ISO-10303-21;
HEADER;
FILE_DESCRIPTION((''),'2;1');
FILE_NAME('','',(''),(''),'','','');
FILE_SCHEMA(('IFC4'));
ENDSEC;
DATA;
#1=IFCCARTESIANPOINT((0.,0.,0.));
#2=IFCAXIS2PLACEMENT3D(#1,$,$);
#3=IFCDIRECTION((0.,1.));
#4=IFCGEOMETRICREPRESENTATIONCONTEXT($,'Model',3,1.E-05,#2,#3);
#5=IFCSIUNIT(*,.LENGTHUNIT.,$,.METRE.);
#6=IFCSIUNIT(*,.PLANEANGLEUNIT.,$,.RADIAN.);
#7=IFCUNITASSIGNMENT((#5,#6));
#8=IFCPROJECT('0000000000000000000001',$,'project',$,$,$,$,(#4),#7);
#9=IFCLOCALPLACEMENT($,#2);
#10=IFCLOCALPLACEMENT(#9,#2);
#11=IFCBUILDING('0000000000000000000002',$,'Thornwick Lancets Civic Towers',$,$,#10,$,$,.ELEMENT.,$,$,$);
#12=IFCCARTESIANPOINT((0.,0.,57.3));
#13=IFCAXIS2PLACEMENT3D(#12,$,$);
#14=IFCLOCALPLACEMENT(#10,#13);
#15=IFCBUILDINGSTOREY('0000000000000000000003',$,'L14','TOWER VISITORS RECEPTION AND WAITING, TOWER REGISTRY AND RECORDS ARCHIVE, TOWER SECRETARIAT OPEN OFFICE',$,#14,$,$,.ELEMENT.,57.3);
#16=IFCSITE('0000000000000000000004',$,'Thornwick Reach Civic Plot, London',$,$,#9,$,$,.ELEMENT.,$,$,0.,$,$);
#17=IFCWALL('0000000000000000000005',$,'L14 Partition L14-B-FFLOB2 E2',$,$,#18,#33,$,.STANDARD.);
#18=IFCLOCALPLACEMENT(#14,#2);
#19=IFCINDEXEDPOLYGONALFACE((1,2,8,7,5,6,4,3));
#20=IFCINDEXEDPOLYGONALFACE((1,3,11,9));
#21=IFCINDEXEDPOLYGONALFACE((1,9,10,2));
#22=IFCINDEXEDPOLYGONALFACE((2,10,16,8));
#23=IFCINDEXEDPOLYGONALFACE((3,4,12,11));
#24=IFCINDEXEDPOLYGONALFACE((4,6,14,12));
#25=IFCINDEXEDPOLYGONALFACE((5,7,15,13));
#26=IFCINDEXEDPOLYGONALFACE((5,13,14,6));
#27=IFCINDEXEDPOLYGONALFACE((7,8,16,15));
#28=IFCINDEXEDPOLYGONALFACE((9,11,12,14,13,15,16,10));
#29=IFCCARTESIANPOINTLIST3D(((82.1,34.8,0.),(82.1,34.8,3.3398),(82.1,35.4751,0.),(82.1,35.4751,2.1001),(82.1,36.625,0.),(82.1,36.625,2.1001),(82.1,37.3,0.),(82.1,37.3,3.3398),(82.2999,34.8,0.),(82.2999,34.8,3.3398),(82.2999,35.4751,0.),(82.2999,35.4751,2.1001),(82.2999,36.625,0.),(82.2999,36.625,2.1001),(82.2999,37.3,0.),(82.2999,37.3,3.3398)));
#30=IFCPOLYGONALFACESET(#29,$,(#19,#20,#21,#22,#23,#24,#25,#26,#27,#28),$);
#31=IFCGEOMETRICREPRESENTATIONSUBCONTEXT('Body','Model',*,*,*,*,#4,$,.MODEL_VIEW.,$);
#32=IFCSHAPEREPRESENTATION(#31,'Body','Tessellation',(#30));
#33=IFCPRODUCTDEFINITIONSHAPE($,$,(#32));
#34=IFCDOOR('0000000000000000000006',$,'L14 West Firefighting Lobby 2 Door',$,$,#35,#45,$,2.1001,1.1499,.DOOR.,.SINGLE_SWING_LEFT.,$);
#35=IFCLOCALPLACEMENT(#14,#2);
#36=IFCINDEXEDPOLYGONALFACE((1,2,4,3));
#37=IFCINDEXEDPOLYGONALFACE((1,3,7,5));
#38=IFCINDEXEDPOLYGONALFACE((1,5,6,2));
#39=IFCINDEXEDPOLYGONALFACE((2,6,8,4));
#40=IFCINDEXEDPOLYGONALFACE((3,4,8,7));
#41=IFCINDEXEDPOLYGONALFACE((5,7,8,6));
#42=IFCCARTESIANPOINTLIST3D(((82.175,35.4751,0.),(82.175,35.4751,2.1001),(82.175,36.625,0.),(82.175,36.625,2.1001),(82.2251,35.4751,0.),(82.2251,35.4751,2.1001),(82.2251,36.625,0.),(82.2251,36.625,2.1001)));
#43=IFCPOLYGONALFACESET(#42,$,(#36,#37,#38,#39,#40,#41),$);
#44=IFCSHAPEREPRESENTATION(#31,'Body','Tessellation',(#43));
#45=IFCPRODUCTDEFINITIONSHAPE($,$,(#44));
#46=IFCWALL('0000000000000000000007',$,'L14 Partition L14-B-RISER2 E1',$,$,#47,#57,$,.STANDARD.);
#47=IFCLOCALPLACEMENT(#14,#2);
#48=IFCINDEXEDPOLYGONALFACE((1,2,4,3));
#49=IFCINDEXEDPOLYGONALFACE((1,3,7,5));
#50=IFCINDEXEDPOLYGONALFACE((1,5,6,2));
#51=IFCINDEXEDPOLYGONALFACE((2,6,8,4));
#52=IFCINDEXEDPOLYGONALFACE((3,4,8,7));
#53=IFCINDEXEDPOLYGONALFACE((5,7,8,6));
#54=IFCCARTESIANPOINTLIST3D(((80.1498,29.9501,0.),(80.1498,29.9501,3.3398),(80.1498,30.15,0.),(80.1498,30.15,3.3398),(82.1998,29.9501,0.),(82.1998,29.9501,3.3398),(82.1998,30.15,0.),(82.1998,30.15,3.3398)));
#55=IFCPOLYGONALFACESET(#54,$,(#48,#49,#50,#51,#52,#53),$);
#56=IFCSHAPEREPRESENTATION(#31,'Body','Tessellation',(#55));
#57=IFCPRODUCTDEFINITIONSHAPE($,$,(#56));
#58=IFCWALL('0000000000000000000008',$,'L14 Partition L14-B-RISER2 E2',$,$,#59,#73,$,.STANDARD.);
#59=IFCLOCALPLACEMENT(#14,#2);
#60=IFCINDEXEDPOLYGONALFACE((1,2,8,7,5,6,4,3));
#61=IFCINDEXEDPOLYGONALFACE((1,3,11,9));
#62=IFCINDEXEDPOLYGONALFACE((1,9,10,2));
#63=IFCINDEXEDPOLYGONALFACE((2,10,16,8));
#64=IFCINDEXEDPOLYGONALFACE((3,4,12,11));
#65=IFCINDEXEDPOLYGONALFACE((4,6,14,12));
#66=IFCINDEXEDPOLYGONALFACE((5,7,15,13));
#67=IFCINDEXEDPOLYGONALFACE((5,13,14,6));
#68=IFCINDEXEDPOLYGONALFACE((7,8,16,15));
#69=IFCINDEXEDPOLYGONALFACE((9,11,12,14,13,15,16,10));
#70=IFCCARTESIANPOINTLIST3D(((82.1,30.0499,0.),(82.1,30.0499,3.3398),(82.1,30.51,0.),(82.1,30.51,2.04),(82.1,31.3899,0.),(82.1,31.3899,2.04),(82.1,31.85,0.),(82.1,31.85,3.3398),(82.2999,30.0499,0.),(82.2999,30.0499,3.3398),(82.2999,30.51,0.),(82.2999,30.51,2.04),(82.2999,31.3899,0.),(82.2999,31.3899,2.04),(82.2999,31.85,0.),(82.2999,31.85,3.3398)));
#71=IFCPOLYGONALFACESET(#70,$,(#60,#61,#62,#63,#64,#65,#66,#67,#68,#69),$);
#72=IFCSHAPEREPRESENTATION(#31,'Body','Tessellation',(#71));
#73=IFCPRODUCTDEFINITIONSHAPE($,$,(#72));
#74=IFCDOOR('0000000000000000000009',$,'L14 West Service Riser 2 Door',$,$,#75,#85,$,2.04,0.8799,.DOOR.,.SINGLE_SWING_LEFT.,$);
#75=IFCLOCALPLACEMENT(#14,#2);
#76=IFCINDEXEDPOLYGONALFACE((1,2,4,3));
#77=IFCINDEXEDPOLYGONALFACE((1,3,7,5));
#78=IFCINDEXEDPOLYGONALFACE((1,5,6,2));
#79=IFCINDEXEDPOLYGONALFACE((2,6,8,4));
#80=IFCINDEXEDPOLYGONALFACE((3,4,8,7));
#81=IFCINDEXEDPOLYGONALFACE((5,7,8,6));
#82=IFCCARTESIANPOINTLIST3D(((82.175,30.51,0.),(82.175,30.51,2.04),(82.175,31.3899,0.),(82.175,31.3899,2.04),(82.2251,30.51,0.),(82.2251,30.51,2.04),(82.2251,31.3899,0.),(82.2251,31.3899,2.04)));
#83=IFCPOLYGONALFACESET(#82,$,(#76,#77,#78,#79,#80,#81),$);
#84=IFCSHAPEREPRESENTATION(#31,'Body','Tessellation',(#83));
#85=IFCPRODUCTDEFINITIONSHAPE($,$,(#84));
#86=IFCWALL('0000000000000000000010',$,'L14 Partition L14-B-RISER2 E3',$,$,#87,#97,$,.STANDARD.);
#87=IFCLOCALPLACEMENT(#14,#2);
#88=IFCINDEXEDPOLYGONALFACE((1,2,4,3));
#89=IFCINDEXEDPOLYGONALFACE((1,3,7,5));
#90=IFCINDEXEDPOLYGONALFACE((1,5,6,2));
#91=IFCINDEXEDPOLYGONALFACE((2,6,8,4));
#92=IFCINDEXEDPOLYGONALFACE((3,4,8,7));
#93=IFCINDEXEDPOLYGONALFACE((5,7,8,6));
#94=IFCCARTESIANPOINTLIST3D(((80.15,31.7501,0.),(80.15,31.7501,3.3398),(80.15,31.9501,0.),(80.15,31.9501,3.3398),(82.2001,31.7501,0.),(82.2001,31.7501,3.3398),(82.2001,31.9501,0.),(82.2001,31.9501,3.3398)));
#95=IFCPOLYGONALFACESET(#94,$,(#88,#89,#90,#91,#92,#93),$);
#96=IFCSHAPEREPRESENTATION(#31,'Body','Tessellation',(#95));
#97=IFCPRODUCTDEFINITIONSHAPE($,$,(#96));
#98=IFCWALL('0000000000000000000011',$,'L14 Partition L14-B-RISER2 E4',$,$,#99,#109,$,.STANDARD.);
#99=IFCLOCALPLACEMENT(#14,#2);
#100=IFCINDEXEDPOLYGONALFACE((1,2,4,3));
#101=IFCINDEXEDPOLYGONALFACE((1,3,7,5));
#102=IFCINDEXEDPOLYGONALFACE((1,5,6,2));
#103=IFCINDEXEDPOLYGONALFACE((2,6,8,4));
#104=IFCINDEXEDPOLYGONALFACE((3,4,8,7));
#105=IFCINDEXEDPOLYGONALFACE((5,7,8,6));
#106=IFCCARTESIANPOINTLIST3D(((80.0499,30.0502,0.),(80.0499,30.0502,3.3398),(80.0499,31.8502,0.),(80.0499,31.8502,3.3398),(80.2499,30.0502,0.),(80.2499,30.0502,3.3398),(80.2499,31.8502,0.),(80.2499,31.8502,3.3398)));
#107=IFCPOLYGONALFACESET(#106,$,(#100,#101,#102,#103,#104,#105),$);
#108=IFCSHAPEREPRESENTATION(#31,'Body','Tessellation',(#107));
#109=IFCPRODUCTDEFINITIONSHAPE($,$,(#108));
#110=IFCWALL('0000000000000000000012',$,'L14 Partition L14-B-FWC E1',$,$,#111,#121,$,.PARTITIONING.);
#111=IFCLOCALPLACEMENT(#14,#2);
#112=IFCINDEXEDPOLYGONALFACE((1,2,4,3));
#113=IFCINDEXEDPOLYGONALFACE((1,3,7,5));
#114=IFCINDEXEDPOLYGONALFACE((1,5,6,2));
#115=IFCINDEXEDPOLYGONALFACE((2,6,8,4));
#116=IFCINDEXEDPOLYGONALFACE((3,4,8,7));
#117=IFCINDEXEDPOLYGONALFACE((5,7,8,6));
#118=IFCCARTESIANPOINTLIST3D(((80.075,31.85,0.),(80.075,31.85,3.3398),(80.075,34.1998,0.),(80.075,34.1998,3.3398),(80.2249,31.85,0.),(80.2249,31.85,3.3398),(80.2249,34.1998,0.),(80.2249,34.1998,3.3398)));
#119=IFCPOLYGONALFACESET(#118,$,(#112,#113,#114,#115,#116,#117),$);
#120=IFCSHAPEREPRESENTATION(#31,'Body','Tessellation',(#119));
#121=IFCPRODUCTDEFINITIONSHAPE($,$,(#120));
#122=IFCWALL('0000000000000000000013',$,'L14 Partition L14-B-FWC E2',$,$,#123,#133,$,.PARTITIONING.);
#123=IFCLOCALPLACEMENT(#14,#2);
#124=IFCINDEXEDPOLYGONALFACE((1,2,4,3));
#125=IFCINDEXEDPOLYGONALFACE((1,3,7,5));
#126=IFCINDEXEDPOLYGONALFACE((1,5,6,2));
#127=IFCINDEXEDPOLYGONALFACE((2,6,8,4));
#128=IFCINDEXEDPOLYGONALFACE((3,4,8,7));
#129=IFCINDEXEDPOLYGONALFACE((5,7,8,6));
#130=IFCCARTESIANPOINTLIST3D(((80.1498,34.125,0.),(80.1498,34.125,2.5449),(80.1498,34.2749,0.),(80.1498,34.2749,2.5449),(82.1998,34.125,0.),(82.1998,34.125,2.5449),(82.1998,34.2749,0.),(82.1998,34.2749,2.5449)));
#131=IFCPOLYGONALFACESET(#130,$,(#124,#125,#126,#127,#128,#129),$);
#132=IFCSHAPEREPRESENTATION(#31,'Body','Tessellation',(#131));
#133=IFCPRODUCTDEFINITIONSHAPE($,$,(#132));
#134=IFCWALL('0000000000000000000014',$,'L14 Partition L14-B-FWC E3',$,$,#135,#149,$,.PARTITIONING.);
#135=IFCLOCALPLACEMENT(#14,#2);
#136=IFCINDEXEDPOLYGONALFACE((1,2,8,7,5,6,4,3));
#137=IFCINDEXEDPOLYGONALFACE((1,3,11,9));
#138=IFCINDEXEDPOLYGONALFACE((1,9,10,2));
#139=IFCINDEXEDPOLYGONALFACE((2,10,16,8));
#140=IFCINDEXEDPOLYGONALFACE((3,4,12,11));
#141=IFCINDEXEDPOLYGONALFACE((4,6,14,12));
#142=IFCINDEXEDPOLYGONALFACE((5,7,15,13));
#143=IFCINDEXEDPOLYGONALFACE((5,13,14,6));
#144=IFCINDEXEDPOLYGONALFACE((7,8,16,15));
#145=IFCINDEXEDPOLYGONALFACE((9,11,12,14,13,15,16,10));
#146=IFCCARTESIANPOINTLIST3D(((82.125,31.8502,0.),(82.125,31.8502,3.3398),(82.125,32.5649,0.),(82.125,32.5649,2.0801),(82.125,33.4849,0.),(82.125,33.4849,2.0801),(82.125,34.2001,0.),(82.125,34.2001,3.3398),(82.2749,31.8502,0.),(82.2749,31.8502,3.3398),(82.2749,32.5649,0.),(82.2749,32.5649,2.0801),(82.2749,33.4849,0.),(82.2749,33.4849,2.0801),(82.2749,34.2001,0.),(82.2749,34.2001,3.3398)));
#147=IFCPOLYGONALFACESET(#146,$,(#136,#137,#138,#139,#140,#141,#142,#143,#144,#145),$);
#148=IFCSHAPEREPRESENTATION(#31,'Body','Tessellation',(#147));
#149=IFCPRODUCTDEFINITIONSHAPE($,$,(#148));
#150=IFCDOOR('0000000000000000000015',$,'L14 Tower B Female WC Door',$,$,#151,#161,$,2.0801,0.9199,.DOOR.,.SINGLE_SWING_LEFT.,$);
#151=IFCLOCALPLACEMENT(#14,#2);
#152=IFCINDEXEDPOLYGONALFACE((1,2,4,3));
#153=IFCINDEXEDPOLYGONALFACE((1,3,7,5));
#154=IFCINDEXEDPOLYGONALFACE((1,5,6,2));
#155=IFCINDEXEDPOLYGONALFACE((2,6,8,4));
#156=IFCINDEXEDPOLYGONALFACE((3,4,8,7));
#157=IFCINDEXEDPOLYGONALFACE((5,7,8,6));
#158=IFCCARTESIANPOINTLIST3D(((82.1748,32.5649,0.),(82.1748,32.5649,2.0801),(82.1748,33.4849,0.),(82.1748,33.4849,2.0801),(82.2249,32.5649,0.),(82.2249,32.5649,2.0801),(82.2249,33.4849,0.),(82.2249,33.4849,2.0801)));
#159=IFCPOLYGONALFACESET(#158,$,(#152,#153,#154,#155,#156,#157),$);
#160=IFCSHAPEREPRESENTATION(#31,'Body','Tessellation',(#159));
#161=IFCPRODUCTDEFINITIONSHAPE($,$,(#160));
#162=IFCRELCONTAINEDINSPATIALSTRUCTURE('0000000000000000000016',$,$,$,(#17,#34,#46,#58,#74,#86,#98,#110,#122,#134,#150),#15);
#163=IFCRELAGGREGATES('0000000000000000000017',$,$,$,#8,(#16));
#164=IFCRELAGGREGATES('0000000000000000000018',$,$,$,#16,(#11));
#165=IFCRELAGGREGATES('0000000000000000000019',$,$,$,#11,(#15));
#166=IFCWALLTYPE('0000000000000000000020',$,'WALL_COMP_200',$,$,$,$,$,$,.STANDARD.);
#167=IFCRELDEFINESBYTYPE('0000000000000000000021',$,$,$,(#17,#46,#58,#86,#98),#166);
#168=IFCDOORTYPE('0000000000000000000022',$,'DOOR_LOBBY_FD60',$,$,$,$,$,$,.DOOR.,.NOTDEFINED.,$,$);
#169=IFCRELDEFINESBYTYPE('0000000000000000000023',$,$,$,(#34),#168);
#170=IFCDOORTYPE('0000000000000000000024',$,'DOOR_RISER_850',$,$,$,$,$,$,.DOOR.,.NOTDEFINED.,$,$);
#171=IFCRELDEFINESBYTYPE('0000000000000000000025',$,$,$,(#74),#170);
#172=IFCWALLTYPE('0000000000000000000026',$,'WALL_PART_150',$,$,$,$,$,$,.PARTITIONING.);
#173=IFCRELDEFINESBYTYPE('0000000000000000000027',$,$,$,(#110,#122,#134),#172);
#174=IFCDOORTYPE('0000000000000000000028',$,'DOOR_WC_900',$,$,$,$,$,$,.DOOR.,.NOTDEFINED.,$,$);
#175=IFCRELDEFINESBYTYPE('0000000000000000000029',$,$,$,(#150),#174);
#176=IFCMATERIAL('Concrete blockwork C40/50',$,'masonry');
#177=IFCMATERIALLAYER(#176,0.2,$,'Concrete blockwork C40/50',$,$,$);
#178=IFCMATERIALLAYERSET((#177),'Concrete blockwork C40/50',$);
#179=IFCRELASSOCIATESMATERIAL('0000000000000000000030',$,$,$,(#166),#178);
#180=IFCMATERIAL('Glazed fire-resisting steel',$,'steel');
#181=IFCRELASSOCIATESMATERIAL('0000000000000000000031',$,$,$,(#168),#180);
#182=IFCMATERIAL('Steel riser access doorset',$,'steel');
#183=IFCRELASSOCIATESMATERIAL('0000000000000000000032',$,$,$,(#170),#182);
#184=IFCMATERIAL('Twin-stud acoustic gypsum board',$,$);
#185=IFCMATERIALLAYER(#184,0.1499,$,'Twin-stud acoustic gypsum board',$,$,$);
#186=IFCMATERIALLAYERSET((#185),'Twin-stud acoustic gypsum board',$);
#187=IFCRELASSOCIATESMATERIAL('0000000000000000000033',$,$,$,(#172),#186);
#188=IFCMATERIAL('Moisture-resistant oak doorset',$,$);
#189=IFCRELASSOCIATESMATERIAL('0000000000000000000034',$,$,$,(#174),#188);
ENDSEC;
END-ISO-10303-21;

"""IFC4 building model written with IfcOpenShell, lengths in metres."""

from ifc_helpers import new_model, si_unit, direction, frame, frame_2d, origin, place, context, subcontext, project, spatial, rectangle, extrude, material, layer, layer_set, type_object, element, fill, save


model = new_model("IFC4")

# Units and contexts
model_context = context("Model", 3, precision=1e-05, world=origin(), true_north=direction((0.0, 1.0)))
body_context = subcontext(model_context, "Body", "Model", "MODEL_VIEW")
ifc_project = project(units=[si_unit("LENGTHUNIT", "METRE"), si_unit("PLANEANGLEUNIT", "RADIAN")], contexts=[model_context])

# Site, building, storey
site_placement = place(None, origin())
site = spatial("IfcSite", under=ifc_project, at=site_placement, Name="Thornwick Reach Civic Plot, London", CompositionType="ELEMENT", RefElevation=0.0)
building_placement = place(site_placement, origin())
building = spatial("IfcBuilding", under=site, at=building_placement, Name="Thornwick Lancets Civic Towers", CompositionType="ELEMENT")
storey_placement = place(building_placement, frame((0.0, 0.0, 57.3)))
storey = spatial("IfcBuildingStorey", under=building, at=storey_placement, Name="L14", Description="TOWER VISITORS RECEPTION AND WAITING, TOWER REGISTRY AND RECORDS ARCHIVE, TOWER SECRETARIAT OPEN OFFICE", CompositionType="ELEMENT", Elevation=57.3)

# Shared definitions
ifc_material_1 = material(Name="Concrete blockwork C40/50", Category="masonry")
ifc_layer_1 = layer(ifc_material_1, 0.2, Name="Concrete blockwork C40/50")
ifc_layer_set_1 = layer_set([ifc_layer_1], Name="Concrete blockwork C40/50")
wall_type_1 = type_object("IfcWallType", Name="WALL_COMP_200", PredefinedType="STANDARD", material=ifc_layer_set_1)

# Wall, opening, door
wall_1_placement = place(storey_placement, frame((82.2, 34.8, 0.0), z_axis=(0.0, 0.0, 1.0), x_axis=(0.0, 1.0, 0.0)))
wall_1 = element("IfcWall", 1, at=wall_1_placement, inside=storey, type_object=wall_type_1, Name="L14 Partition L14-B-FFLOB2 E2", PredefinedType="STANDARD", context=body_context, shape_type="SweptSolid", body=[
    extrude(rectangle(XDim=2.5, YDim=0.2, at=frame_2d((1.25, 0.0))), origin(), (0.0, 0.0, 1.0), 3.3398),
])
opening_1_placement = place(wall_1_placement, frame((0.675, 0.0, 0.0)))
opening_1 = element("IfcOpeningElement", 2, at=opening_1_placement, cuts=wall_1, PredefinedType="OPENING", context=body_context, shape_type="SweptSolid", body=[
    extrude(rectangle(XDim=1.1499, YDim=2.1001, at=frame_2d((0.575, 1.05))), frame((0.0, 0.1099, 0.0), z_axis=(0.0, -1.0, 0.0), x_axis=(1.0, 0.0, 0.0)), (0.0, 0.0, 1.0), 0.22),
])
ifc_material_2 = material(Name="Glazed fire-resisting steel", Category="steel")
door_type_1 = type_object("IfcDoorType", Name="DOOR_LOBBY_FD60", OperationType="NOTDEFINED", PredefinedType="DOOR", material=ifc_material_2)
door_1_placement = place(opening_1_placement, origin())
door_1 = element("IfcDoor", 3, at=door_1_placement, inside=storey, type_object=door_type_1, Name="L14 West Firefighting Lobby 2 Door", OperationType="SINGLE_SWING_LEFT", OverallHeight=2.1001, OverallWidth=1.1499, PredefinedType="DOOR", context=body_context, shape_type="SweptSolid", body=[
    extrude(rectangle(XDim=1.1499, YDim=2.1001, at=frame_2d((0.575, 1.05))), frame((0.0, 0.0249, 0.0), z_axis=(0.0, -1.0, 0.0), x_axis=(1.0, 0.0, 0.0)), (0.0, 0.0, 1.0), 0.05),
])
fill(opening_1, door_1)

# Wall
wall_2_placement = place(storey_placement, frame((80.1499, 30.05, 0.0), z_axis=(0.0, 0.0, 1.0), x_axis=(1.0, 0.0, 0.0)))
element("IfcWall", 4, at=wall_2_placement, inside=storey, type_object=wall_type_1, Name="L14 Partition L14-B-RISER2 E1", PredefinedType="STANDARD", context=body_context, shape_type="SweptSolid", body=[
    extrude(rectangle(XDim=2.05, YDim=0.2, at=frame_2d((1.0249, 0.0))), origin(), (0.0, 0.0, 1.0), 3.3398),
])

# Wall, opening, door
wall_3_placement = place(storey_placement, frame((82.2, 30.05, 0.0), z_axis=(0.0, 0.0, 1.0), x_axis=(0.0, 1.0, 0.0)))
wall_3 = element("IfcWall", 5, at=wall_3_placement, inside=storey, type_object=wall_type_1, Name="L14 Partition L14-B-RISER2 E2", PredefinedType="STANDARD", context=body_context, shape_type="SweptSolid", body=[
    extrude(rectangle(XDim=1.8, YDim=0.2, at=frame_2d((0.8999, 0.0))), origin(), (0.0, 0.0, 1.0), 3.3398),
])
opening_2_placement = place(wall_3_placement, frame((0.46, 0.0, 0.0)))
opening_2 = element("IfcOpeningElement", 6, at=opening_2_placement, cuts=wall_3, PredefinedType="OPENING", context=body_context, shape_type="SweptSolid", body=[
    extrude(rectangle(XDim=0.8799, YDim=2.04, at=frame_2d((0.4399, 1.02))), frame((0.0, 0.1099, 0.0), z_axis=(0.0, -1.0, 0.0), x_axis=(1.0, 0.0, 0.0)), (0.0, 0.0, 1.0), 0.22),
])
ifc_material_3 = material(Name="Steel riser access doorset", Category="steel")
door_type_2 = type_object("IfcDoorType", Name="DOOR_RISER_850", OperationType="NOTDEFINED", PredefinedType="DOOR", material=ifc_material_3)
door_2_placement = place(opening_2_placement, origin())
door_2 = element("IfcDoor", 7, at=door_2_placement, inside=storey, type_object=door_type_2, Name="L14 West Service Riser 2 Door", OperationType="SINGLE_SWING_LEFT", OverallHeight=2.04, OverallWidth=0.8799, PredefinedType="DOOR", context=body_context, shape_type="SweptSolid", body=[
    extrude(rectangle(XDim=0.8799, YDim=2.04, at=frame_2d((0.4399, 1.02))), frame((0.0, 0.0249, 0.0), z_axis=(0.0, -1.0, 0.0), x_axis=(1.0, 0.0, 0.0)), (0.0, 0.0, 1.0), 0.05),
])
fill(opening_2, door_2)

# Walls
wall_4_placement = place(storey_placement, frame((82.2, 31.8501, 0.0), z_axis=(0.0, 0.0, 1.0), x_axis=(-1.0, 0.0, 0.0)))
element("IfcWall", 8, at=wall_4_placement, inside=storey, type_object=wall_type_1, Name="L14 Partition L14-B-RISER2 E3", PredefinedType="STANDARD", context=body_context, shape_type="SweptSolid", body=[
    extrude(rectangle(XDim=2.05, YDim=0.2, at=frame_2d((1.0249, 0.0))), origin(), (0.0, 0.0, 1.0), 3.3398),
])
wall_5_placement = place(storey_placement, frame((80.1499, 31.8501, 0.0), z_axis=(0.0, 0.0, 1.0), x_axis=(0.0, -1.0, 0.0)))
element("IfcWall", 9, at=wall_5_placement, inside=storey, type_object=wall_type_1, Name="L14 Partition L14-B-RISER2 E4", PredefinedType="STANDARD", context=body_context, shape_type="SweptSolid", body=[
    extrude(rectangle(XDim=1.8, YDim=0.2, at=frame_2d((0.8999, 0.0))), origin(), (0.0, 0.0, 1.0), 3.3398),
])
ifc_material_4 = material(Name="Twin-stud acoustic gypsum board")
ifc_layer_2 = layer(ifc_material_4, 0.1499, Name="Twin-stud acoustic gypsum board")
ifc_layer_set_2 = layer_set([ifc_layer_2], Name="Twin-stud acoustic gypsum board")
wall_type_2 = type_object("IfcWallType", Name="WALL_PART_150", PredefinedType="PARTITIONING", material=ifc_layer_set_2)
wall_6_placement = place(storey_placement, frame((80.1499, 31.8501, 0.0), z_axis=(0.0, 0.0, 1.0), x_axis=(0.0, 1.0, 0.0)))
element("IfcWall", 10, at=wall_6_placement, inside=storey, type_object=wall_type_2, Name="L14 Partition L14-B-FWC E1", PredefinedType="PARTITIONING", context=body_context, shape_type="SweptSolid", body=[
    extrude(rectangle(XDim=2.3499, YDim=0.1499, at=frame_2d((1.1748, 0.0))), origin(), (0.0, 0.0, 1.0), 3.3398),
])
wall_7_placement = place(storey_placement, frame((80.1499, 34.2, 0.0), z_axis=(0.0, 0.0, 1.0), x_axis=(1.0, 0.0, 0.0)))
element("IfcWall", 11, at=wall_7_placement, inside=storey, type_object=wall_type_2, Name="L14 Partition L14-B-FWC E2", PredefinedType="PARTITIONING", context=body_context, shape_type="SweptSolid", body=[
    extrude(rectangle(XDim=2.05, YDim=0.1499, at=frame_2d((1.0249, 0.0))), origin(), (0.0, 0.0, 1.0), 2.5449),
])

# Wall, opening, door
wall_8_placement = place(storey_placement, frame((82.2, 34.2, 0.0), z_axis=(0.0, 0.0, 1.0), x_axis=(0.0, -1.0, 0.0)))
wall_8 = element("IfcWall", 12, at=wall_8_placement, inside=storey, type_object=wall_type_2, Name="L14 Partition L14-B-FWC E3", PredefinedType="PARTITIONING", context=body_context, shape_type="SweptSolid", body=[
    extrude(rectangle(XDim=2.3499, YDim=0.1499, at=frame_2d((1.1748, 0.0))), origin(), (0.0, 0.0, 1.0), 3.3398),
])
opening_3_placement = place(wall_8_placement, frame((0.7151, 0.0, 0.0)))
opening_3 = element("IfcOpeningElement", 13, at=opening_3_placement, cuts=wall_8, PredefinedType="OPENING", context=body_context, shape_type="SweptSolid", body=[
    extrude(rectangle(XDim=0.9199, YDim=2.0801, at=frame_2d((0.46, 1.04))), frame((0.0, 0.085, 0.0), z_axis=(0.0, -1.0, 0.0), x_axis=(1.0, 0.0, 0.0)), (0.0, 0.0, 1.0), 0.1699),
])
ifc_material_5 = material(Name="Moisture-resistant oak doorset")
door_type_3 = type_object("IfcDoorType", Name="DOOR_WC_900", OperationType="NOTDEFINED", PredefinedType="DOOR", material=ifc_material_5)
door_3_placement = place(opening_3_placement, origin())
door_3 = element("IfcDoor", 14, at=door_3_placement, inside=storey, type_object=door_type_3, Name="L14 Tower B Female WC Door", OperationType="SINGLE_SWING_LEFT", OverallHeight=2.0801, OverallWidth=0.9199, PredefinedType="DOOR", context=body_context, shape_type="SweptSolid", body=[
    extrude(rectangle(XDim=0.9199, YDim=2.0801, at=frame_2d((0.46, 1.04))), frame((0.0, 0.0249, 0.0), z_axis=(0.0, -1.0, 0.0), x_axis=(1.0, 0.0, 0.0)), (0.0, 0.0, 1.0), 0.05),
])
fill(opening_3, door_3)

save(model, "model.ifc")
